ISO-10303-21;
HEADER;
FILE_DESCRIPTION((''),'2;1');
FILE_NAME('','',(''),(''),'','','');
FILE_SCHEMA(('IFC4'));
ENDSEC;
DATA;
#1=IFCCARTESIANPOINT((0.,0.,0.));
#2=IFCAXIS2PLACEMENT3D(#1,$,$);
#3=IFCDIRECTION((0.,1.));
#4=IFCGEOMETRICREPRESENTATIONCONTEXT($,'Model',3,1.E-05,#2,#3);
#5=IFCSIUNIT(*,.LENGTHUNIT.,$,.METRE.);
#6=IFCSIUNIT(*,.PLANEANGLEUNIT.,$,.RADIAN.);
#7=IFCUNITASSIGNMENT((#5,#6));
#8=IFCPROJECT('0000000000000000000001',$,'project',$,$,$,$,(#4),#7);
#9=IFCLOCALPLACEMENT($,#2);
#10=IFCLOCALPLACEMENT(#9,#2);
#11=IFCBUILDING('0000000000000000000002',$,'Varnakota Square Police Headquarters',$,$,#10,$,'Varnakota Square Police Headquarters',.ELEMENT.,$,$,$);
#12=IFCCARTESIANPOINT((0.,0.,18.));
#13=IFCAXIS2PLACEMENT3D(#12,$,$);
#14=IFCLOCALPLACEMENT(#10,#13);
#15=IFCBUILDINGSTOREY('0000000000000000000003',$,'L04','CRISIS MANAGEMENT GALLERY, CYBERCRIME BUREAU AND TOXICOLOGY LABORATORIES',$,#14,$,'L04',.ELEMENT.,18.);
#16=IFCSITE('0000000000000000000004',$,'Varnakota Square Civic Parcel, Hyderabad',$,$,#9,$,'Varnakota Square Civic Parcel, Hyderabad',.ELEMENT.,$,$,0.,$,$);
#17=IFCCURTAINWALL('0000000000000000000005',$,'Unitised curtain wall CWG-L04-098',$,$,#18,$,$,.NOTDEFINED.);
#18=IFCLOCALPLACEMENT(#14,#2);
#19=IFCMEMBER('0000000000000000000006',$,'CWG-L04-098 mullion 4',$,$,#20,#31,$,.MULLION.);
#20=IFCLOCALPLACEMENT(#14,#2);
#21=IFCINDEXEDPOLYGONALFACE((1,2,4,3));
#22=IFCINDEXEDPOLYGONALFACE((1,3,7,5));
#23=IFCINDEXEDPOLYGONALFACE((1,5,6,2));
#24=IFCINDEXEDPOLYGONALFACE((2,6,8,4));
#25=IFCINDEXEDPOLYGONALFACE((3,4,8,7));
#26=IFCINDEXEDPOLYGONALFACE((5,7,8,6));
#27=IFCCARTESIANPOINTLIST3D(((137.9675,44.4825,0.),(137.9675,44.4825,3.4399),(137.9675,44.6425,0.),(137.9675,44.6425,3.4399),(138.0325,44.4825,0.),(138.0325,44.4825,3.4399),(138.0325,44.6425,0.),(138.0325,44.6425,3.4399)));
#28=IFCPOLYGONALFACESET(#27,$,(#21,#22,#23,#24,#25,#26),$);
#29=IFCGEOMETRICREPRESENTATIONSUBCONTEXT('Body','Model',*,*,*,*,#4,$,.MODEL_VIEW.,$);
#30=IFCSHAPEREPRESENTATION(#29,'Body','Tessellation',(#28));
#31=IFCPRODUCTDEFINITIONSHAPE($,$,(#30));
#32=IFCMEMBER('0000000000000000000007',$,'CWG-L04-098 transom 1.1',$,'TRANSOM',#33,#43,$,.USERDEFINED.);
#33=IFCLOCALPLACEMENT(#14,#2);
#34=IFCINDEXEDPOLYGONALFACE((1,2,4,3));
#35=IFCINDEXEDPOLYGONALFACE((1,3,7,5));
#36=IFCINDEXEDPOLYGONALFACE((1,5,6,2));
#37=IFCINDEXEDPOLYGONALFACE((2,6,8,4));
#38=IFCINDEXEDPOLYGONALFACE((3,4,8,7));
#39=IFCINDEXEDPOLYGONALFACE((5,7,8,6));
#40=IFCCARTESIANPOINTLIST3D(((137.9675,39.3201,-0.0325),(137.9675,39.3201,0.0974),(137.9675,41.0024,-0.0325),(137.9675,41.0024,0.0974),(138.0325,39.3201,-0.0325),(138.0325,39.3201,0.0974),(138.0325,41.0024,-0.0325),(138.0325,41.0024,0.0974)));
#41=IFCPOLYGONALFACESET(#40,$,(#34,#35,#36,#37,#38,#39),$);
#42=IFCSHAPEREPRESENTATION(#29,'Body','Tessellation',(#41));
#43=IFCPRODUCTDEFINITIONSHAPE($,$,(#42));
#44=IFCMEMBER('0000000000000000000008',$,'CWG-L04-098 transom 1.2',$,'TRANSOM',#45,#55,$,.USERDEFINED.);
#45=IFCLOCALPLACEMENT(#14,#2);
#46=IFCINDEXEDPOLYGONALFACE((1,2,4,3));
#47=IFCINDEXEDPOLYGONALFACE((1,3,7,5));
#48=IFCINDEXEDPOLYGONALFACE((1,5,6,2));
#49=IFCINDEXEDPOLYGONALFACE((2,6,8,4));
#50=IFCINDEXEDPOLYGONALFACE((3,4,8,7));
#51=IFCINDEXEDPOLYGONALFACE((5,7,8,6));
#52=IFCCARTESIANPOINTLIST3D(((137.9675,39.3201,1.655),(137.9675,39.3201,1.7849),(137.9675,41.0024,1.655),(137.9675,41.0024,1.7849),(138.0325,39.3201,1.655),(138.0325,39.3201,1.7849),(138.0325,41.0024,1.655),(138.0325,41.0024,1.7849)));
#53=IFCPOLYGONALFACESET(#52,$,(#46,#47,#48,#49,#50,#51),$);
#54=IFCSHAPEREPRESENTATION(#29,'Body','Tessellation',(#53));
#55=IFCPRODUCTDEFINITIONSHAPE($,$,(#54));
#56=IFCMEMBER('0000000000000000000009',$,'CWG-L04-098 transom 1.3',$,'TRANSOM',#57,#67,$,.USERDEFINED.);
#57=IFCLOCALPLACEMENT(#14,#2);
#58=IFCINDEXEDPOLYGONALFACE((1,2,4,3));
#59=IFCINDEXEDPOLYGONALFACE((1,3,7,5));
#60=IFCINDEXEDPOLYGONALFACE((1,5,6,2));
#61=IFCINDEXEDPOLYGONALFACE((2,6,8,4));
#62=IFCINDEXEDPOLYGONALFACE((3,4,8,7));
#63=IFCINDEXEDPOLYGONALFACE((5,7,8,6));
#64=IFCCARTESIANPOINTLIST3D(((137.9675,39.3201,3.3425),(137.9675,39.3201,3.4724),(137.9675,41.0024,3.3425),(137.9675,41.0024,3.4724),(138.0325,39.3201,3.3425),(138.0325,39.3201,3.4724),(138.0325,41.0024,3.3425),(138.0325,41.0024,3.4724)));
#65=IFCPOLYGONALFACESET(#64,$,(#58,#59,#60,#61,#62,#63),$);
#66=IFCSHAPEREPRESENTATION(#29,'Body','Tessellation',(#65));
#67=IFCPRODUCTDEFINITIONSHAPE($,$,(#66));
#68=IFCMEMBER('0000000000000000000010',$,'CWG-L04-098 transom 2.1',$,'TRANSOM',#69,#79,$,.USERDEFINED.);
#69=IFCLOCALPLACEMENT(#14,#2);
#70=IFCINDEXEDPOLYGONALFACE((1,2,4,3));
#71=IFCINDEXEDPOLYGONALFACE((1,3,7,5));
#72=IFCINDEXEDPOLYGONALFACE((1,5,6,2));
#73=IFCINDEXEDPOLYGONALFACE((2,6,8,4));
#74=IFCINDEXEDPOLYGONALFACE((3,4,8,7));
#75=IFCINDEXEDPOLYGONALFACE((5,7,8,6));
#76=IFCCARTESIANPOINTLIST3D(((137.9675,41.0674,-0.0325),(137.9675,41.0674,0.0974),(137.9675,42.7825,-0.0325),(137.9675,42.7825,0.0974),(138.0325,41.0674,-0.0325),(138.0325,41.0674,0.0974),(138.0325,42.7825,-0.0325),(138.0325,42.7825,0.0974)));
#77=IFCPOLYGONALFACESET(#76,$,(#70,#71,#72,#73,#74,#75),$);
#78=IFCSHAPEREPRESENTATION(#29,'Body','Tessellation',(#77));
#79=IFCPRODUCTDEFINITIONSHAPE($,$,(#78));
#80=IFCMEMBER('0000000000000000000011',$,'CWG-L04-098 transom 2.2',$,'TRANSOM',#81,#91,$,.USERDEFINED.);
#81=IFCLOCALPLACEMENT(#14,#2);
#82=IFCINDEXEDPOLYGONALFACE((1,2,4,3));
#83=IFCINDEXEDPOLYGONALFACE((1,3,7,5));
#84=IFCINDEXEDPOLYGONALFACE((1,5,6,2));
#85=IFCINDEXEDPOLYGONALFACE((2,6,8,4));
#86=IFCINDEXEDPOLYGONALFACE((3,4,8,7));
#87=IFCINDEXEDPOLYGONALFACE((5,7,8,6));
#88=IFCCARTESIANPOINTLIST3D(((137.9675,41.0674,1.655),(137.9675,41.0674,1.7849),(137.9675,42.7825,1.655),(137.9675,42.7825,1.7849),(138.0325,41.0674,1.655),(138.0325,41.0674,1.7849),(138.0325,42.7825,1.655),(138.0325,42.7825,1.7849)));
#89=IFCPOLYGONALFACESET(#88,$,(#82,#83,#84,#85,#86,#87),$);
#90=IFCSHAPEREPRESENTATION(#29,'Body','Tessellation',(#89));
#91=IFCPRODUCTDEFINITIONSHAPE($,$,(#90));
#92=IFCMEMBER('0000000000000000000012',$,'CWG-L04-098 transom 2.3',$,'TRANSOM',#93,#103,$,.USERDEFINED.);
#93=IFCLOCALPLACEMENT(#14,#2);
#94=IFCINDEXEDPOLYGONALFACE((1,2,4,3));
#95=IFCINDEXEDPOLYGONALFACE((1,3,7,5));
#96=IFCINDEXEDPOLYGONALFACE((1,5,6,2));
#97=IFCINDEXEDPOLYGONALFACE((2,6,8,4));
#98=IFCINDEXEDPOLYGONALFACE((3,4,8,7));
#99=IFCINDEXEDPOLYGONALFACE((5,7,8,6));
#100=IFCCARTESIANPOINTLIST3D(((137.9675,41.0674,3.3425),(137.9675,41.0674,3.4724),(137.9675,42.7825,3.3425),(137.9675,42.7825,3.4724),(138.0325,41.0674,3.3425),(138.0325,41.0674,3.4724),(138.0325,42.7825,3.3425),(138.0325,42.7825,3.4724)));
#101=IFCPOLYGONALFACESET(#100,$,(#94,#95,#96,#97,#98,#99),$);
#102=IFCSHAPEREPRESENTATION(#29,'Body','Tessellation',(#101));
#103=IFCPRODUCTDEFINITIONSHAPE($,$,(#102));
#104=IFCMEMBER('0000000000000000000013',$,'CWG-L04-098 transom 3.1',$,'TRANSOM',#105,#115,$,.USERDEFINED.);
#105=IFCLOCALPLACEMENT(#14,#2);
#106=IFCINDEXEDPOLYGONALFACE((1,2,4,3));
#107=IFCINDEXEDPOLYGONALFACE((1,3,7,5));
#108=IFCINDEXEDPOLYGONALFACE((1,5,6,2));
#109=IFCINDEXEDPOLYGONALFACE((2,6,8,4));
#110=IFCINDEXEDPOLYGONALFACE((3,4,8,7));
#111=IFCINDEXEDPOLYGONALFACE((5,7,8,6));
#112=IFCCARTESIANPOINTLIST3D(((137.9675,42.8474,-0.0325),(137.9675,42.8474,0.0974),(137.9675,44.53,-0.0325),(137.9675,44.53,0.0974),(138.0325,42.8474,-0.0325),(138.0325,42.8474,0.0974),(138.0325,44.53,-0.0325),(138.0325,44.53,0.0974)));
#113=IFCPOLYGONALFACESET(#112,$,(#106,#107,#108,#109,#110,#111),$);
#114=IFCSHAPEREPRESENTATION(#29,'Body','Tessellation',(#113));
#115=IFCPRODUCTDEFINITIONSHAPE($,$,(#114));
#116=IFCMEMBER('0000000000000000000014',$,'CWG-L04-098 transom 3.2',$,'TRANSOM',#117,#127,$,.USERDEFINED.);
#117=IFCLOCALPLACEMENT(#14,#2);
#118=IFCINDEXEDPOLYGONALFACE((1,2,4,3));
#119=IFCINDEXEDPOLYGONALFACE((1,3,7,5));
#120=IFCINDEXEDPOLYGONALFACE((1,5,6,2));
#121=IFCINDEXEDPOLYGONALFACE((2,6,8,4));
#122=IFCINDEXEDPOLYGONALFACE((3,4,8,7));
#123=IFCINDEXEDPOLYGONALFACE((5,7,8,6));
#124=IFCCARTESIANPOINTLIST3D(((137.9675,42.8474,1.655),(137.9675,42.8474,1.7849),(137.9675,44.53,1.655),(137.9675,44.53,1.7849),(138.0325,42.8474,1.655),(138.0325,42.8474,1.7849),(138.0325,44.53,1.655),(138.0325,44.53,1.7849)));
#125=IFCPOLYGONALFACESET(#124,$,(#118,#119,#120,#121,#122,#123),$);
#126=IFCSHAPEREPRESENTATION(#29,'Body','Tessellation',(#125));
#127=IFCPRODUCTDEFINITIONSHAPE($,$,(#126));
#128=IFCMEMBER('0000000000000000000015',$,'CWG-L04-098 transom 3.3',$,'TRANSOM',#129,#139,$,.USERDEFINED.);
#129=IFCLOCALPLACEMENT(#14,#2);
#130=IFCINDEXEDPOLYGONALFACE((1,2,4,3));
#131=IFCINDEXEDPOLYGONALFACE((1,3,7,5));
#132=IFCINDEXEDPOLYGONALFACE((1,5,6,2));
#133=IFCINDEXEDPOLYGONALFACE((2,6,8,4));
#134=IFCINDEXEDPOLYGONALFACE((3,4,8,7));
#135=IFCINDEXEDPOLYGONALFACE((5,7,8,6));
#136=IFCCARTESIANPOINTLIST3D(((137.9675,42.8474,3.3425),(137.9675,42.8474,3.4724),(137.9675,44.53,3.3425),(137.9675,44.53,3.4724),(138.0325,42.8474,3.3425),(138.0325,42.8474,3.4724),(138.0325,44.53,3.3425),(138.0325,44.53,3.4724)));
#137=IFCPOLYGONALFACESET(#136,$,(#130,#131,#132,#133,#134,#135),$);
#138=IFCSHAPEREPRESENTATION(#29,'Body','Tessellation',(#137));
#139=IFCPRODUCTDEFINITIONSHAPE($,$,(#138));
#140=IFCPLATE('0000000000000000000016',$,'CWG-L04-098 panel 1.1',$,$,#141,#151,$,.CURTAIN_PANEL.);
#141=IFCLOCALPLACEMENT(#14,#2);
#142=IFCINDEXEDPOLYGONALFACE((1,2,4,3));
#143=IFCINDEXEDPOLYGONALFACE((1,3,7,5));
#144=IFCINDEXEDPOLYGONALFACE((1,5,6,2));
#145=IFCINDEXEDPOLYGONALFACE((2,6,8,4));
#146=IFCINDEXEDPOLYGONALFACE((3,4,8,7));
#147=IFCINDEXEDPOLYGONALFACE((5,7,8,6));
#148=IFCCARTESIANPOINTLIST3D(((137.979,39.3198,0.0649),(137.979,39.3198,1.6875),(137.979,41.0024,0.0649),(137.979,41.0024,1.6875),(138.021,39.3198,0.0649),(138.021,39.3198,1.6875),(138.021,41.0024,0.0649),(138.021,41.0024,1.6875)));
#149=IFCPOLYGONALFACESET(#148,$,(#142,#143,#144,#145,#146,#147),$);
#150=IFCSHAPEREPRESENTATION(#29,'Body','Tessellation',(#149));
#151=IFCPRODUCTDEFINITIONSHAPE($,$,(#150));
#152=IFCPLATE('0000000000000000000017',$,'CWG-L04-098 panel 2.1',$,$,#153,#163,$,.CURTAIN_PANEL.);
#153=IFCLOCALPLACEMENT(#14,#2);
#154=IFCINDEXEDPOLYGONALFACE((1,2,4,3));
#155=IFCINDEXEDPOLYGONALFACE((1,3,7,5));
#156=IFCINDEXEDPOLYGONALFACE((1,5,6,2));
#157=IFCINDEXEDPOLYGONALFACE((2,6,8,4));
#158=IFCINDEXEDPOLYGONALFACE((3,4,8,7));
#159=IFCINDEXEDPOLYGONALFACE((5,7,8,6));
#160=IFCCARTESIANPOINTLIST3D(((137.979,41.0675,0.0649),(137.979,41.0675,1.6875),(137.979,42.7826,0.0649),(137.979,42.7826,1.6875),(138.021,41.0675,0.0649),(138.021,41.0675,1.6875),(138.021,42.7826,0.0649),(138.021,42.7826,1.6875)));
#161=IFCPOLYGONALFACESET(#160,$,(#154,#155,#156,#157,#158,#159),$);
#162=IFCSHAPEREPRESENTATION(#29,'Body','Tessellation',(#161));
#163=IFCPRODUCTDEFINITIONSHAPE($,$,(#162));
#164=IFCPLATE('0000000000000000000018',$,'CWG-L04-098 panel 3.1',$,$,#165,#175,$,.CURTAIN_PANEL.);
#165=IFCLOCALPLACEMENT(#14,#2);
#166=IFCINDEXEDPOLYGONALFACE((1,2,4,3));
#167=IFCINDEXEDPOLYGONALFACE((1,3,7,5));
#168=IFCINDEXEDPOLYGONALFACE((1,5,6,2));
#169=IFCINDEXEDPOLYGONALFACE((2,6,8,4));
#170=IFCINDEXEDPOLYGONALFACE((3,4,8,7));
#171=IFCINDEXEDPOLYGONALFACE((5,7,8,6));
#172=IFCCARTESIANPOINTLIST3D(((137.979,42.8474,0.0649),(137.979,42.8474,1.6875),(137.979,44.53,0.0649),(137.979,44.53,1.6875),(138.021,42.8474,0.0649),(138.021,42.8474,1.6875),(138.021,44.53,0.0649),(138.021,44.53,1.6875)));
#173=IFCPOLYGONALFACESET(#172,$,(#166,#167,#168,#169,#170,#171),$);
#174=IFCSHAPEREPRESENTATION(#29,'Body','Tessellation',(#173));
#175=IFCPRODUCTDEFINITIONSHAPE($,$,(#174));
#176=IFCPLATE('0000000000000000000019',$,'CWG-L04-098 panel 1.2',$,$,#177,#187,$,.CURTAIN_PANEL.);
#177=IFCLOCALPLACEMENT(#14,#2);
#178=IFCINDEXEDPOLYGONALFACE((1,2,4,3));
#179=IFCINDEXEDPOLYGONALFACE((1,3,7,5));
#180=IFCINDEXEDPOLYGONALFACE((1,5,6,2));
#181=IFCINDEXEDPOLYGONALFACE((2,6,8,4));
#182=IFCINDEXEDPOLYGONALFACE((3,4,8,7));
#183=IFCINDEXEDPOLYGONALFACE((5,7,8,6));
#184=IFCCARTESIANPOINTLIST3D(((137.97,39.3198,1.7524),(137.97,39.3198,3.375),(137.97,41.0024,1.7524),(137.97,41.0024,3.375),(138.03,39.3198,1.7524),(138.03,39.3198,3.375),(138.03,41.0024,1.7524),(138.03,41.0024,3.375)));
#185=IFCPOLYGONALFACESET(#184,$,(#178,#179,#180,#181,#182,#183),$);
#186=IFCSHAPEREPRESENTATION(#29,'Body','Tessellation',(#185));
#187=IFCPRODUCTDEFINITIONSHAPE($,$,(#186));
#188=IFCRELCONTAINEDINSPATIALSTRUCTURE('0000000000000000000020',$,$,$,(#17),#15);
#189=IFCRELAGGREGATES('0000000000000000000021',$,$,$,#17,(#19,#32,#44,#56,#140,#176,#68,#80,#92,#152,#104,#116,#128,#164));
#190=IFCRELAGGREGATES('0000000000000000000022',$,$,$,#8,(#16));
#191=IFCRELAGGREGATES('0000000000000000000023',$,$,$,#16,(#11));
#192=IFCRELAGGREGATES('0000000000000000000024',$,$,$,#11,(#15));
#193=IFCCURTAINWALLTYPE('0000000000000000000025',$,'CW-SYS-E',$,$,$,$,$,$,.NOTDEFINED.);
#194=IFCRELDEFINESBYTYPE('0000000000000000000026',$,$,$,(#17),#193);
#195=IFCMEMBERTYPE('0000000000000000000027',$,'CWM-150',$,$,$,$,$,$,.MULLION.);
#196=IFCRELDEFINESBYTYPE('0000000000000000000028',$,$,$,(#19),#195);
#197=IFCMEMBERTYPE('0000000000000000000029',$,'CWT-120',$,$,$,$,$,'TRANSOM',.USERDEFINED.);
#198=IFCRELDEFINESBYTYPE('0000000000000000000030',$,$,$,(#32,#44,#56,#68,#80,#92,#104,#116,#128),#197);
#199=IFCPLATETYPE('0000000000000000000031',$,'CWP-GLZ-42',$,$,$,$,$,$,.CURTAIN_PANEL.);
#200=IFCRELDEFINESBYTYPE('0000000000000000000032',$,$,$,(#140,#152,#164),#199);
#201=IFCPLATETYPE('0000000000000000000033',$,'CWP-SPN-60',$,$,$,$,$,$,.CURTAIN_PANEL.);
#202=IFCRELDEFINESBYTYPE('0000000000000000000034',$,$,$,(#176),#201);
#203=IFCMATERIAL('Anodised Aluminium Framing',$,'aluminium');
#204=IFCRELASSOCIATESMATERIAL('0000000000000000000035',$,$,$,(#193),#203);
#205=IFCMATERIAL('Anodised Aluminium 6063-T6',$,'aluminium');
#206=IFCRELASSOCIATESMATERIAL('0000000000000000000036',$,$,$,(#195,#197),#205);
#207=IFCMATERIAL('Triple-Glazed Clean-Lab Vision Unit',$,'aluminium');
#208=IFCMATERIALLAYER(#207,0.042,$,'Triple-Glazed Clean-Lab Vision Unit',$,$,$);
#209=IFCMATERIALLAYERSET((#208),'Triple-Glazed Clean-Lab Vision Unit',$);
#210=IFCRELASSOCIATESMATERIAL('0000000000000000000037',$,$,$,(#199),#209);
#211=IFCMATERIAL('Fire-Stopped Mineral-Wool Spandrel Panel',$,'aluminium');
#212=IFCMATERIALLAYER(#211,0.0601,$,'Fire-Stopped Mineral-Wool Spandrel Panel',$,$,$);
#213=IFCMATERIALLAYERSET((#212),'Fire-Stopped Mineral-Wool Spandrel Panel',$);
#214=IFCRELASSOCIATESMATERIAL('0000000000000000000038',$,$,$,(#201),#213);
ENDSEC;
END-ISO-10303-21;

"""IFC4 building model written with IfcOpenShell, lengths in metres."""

from ifc_helpers import new_model, si_unit, direction, frame, origin, origin_2d, place, context, subcontext, project, spatial, rectangle, extrude, material, layer, layer_set, material_profile, profile_set, type_object, element, aggregate, save


model = new_model("IFC4")

# Units and contexts
model_context = context("Model", 3, precision=1e-05, world=origin(), true_north=direction((0.0, 1.0)))
body_context = subcontext(model_context, "Body", "Model", "MODEL_VIEW")
ifc_project = project(units=[si_unit("LENGTHUNIT", "METRE"), si_unit("PLANEANGLEUNIT", "RADIAN")], contexts=[model_context])

# Site, building, storey
site_placement = place(None, origin())
site = spatial("IfcSite", under=ifc_project, at=site_placement, Name="Varnakota Square Civic Parcel, Hyderabad", LongName="Varnakota Square Civic Parcel, Hyderabad", CompositionType="ELEMENT", RefElevation=0.0)
building_placement = place(site_placement, origin())
building = spatial("IfcBuilding", under=site, at=building_placement, Name="Varnakota Square Police Headquarters", LongName="Varnakota Square Police Headquarters", CompositionType="ELEMENT")
storey_placement = place(building_placement, frame((0.0, 0.0, 18.0)))
storey = spatial("IfcBuildingStorey", under=building, at=storey_placement, Name="L04", Description="CRISIS MANAGEMENT GALLERY, CYBERCRIME BUREAU AND TOXICOLOGY LABORATORIES", LongName="L04", CompositionType="ELEMENT", Elevation=18.0)

# Curtain wall, members, plates
ifc_material_1 = material(Name="Anodised Aluminium Framing", Category="aluminium")
curtain_wall_type = type_object("IfcCurtainWallType", Name="CW-SYS-E", PredefinedType="NOTDEFINED", material=ifc_material_1)
curtain_wall_placement = place(storey_placement, origin())
curtain_wall = element("IfcCurtainWall", 1, at=curtain_wall_placement, inside=storey, type_object=curtain_wall_type, Name="Unitised curtain wall CWG-L04-098", PredefinedType="NOTDEFINED")
ifc_material_2 = material(Name="Anodised Aluminium 6063-T6", Category="aluminium")
ifc_material_profile_1 = material_profile(ifc_material_2, rectangle(XDim=0.0649, YDim=0.1599, at=origin_2d()), Name="ALU MULLION 65x160")
ifc_profile_set_1 = profile_set([ifc_material_profile_1], Name="Anodised Aluminium 6063-T6")
member_type_1 = type_object("IfcMemberType", Name="CWM-150", PredefinedType="MULLION", material=ifc_profile_set_1)
member_1_placement = place(storey_placement, frame((138.0, 44.5625, 0.0), z_axis=(0.0, 0.0, 1.0), x_axis=(-1.0, 0.0, 0.0)))
member_1 = element("IfcMember", 2, at=member_1_placement, type_object=member_type_1, Name="CWG-L04-098 mullion 4", PredefinedType="MULLION", context=body_context, shape_type="SweptSolid", body=[
    extrude(rectangle(XDim=0.0649, YDim=0.1599, at=origin_2d()), origin(), (0.0, 0.0, 1.0), 3.4399),
])
ifc_material_profile_2 = material_profile(ifc_material_2, rectangle(XDim=0.0649, YDim=0.1299, at=origin_2d()), Name="ALU TRANSOM 65x130")
ifc_profile_set_2 = profile_set([ifc_material_profile_2], Name="Anodised Aluminium 6063-T6")
member_type_2 = type_object("IfcMemberType", Name="CWT-120", ElementType="TRANSOM", PredefinedType="USERDEFINED", material=ifc_profile_set_2)
member_2_placement = place(storey_placement, frame((138.0, 39.3201, 0.0325), z_axis=(0.0, 1.0, 0.0), x_axis=(-1.0, 0.0, 0.0)))
member_2 = element("IfcMember", 3, at=member_2_placement, type_object=member_type_2, Name="CWG-L04-098 transom 1.1", ObjectType="TRANSOM", PredefinedType="USERDEFINED", context=body_context, shape_type="SweptSolid", body=[
    extrude(rectangle(XDim=0.0649, YDim=0.1299, at=origin_2d()), origin(), (0.0, 0.0, 1.0), 1.6824),
])
member_3_placement = place(storey_placement, frame((138.0, 39.3201, 1.72), z_axis=(0.0, 1.0, 0.0), x_axis=(-1.0, 0.0, 0.0)))
member_3 = element("IfcMember", 4, at=member_3_placement, type_object=member_type_2, Name="CWG-L04-098 transom 1.2", ObjectType="TRANSOM", PredefinedType="USERDEFINED", context=body_context, shape_type="SweptSolid", body=[
    extrude(rectangle(XDim=0.0649, YDim=0.1299, at=origin_2d()), origin(), (0.0, 0.0, 1.0), 1.6824),
])
member_4_placement = place(storey_placement, frame((138.0, 39.3201, 3.4075), z_axis=(0.0, 1.0, 0.0), x_axis=(-1.0, 0.0, 0.0)))
member_4 = element("IfcMember", 5, at=member_4_placement, type_object=member_type_2, Name="CWG-L04-098 transom 1.3", ObjectType="TRANSOM", PredefinedType="USERDEFINED", context=body_context, shape_type="SweptSolid", body=[
    extrude(rectangle(XDim=0.0649, YDim=0.1299, at=origin_2d()), origin(), (0.0, 0.0, 1.0), 1.6824),
])
member_5_placement = place(storey_placement, frame((138.0, 41.0674, 0.0325), z_axis=(0.0, 1.0, 0.0), x_axis=(-1.0, 0.0, 0.0)))
member_5 = element("IfcMember", 6, at=member_5_placement, type_object=member_type_2, Name="CWG-L04-098 transom 2.1", ObjectType="TRANSOM", PredefinedType="USERDEFINED", context=body_context, shape_type="SweptSolid", body=[
    extrude(rectangle(XDim=0.0649, YDim=0.1299, at=origin_2d()), origin(), (0.0, 0.0, 1.0), 1.7151),
])
member_6_placement = place(storey_placement, frame((138.0, 41.0674, 1.72), z_axis=(0.0, 1.0, 0.0), x_axis=(-1.0, 0.0, 0.0)))
member_6 = element("IfcMember", 7, at=member_6_placement, type_object=member_type_2, Name="CWG-L04-098 transom 2.2", ObjectType="TRANSOM", PredefinedType="USERDEFINED", context=body_context, shape_type="SweptSolid", body=[
    extrude(rectangle(XDim=0.0649, YDim=0.1299, at=origin_2d()), origin(), (0.0, 0.0, 1.0), 1.7151),
])
member_7_placement = place(storey_placement, frame((138.0, 41.0674, 3.4075), z_axis=(0.0, 1.0, 0.0), x_axis=(-1.0, 0.0, 0.0)))
member_7 = element("IfcMember", 8, at=member_7_placement, type_object=member_type_2, Name="CWG-L04-098 transom 2.3", ObjectType="TRANSOM", PredefinedType="USERDEFINED", context=body_context, shape_type="SweptSolid", body=[
    extrude(rectangle(XDim=0.0649, YDim=0.1299, at=origin_2d()), origin(), (0.0, 0.0, 1.0), 1.7151),
])
member_8_placement = place(storey_placement, frame((138.0, 42.8474, 0.0325), z_axis=(0.0, 1.0, 0.0), x_axis=(-1.0, 0.0, 0.0)))
member_8 = element("IfcMember", 9, at=member_8_placement, type_object=member_type_2, Name="CWG-L04-098 transom 3.1", ObjectType="TRANSOM", PredefinedType="USERDEFINED", context=body_context, shape_type="SweptSolid", body=[
    extrude(rectangle(XDim=0.0649, YDim=0.1299, at=origin_2d()), origin(), (0.0, 0.0, 1.0), 1.6826),
])
member_9_placement = place(storey_placement, frame((138.0, 42.8474, 1.72), z_axis=(0.0, 1.0, 0.0), x_axis=(-1.0, 0.0, 0.0)))
member_9 = element("IfcMember", 10, at=member_9_placement, type_object=member_type_2, Name="CWG-L04-098 transom 3.2", ObjectType="TRANSOM", PredefinedType="USERDEFINED", context=body_context, shape_type="SweptSolid", body=[
    extrude(rectangle(XDim=0.0649, YDim=0.1299, at=origin_2d()), origin(), (0.0, 0.0, 1.0), 1.6826),
])
member_10_placement = place(storey_placement, frame((138.0, 42.8474, 3.4075), z_axis=(0.0, 1.0, 0.0), x_axis=(-1.0, 0.0, 0.0)))
member_10 = element("IfcMember", 11, at=member_10_placement, type_object=member_type_2, Name="CWG-L04-098 transom 3.3", ObjectType="TRANSOM", PredefinedType="USERDEFINED", context=body_context, shape_type="SweptSolid", body=[
    extrude(rectangle(XDim=0.0649, YDim=0.1299, at=origin_2d()), origin(), (0.0, 0.0, 1.0), 1.6826),
])
ifc_material_3 = material(Name="Triple-Glazed Clean-Lab Vision Unit", Category="aluminium")
ifc_layer_1 = layer(ifc_material_3, 0.042, Name="Triple-Glazed Clean-Lab Vision Unit")
ifc_layer_set_1 = layer_set([ifc_layer_1], Name="Triple-Glazed Clean-Lab Vision Unit")
plate_type_1 = type_object("IfcPlateType", Name="CWP-GLZ-42", PredefinedType="CURTAIN_PANEL", material=ifc_layer_set_1)
plate_1_placement = place(storey_placement, frame((138.0, 40.1611, 0.0649), z_axis=(0.0, 0.0, 1.0), x_axis=(0.0, 1.0, 0.0)))
plate_1 = element("IfcPlate", 12, at=plate_1_placement, type_object=plate_type_1, Name="CWG-L04-098 panel 1.1", PredefinedType="CURTAIN_PANEL", context=body_context, shape_type="SweptSolid", body=[
    extrude(rectangle(XDim=1.6826, YDim=0.042, at=origin_2d()), origin(), (0.0, 0.0, 1.0), 1.6226),
])
plate_2_placement = place(storey_placement, frame((138.0, 41.925, 0.0649), z_axis=(0.0, 0.0, 1.0), x_axis=(0.0, 1.0, 0.0)))
plate_2 = element("IfcPlate", 13, at=plate_2_placement, type_object=plate_type_1, Name="CWG-L04-098 panel 2.1", PredefinedType="CURTAIN_PANEL", context=body_context, shape_type="SweptSolid", body=[
    extrude(rectangle(XDim=1.7151, YDim=0.042, at=origin_2d()), origin(), (0.0, 0.0, 1.0), 1.6226),
])
plate_3_placement = place(storey_placement, frame((138.0, 43.6887, 0.0649), z_axis=(0.0, 0.0, 1.0), x_axis=(0.0, 1.0, 0.0)))
plate_3 = element("IfcPlate", 14, at=plate_3_placement, type_object=plate_type_1, Name="CWG-L04-098 panel 3.1", PredefinedType="CURTAIN_PANEL", context=body_context, shape_type="SweptSolid", body=[
    extrude(rectangle(XDim=1.6826, YDim=0.042, at=origin_2d()), origin(), (0.0, 0.0, 1.0), 1.6226),
])
ifc_material_4 = material(Name="Fire-Stopped Mineral-Wool Spandrel Panel", Category="aluminium")
ifc_layer_2 = layer(ifc_material_4, 0.0601, Name="Fire-Stopped Mineral-Wool Spandrel Panel")
ifc_layer_set_2 = layer_set([ifc_layer_2], Name="Fire-Stopped Mineral-Wool Spandrel Panel")
plate_type_2 = type_object("IfcPlateType", Name="CWP-SPN-60", PredefinedType="CURTAIN_PANEL", material=ifc_layer_set_2)
plate_4_placement = place(storey_placement, frame((138.0, 40.1611, 1.7524), z_axis=(0.0, 0.0, 1.0), x_axis=(0.0, 1.0, 0.0)))
plate_4 = element("IfcPlate", 15, at=plate_4_placement, type_object=plate_type_2, Name="CWG-L04-098 panel 1.2", PredefinedType="CURTAIN_PANEL", context=body_context, shape_type="SweptSolid", body=[
    extrude(rectangle(XDim=1.6826, YDim=0.0601, at=origin_2d()), origin(), (0.0, 0.0, 1.0), 1.6226),
])
aggregate(curtain_wall, [member_1, member_2, member_3, member_4, plate_1, plate_4, member_5, member_6, member_7, plate_2, member_8, member_9, member_10, plate_3])

save(model, "model.ifc")
